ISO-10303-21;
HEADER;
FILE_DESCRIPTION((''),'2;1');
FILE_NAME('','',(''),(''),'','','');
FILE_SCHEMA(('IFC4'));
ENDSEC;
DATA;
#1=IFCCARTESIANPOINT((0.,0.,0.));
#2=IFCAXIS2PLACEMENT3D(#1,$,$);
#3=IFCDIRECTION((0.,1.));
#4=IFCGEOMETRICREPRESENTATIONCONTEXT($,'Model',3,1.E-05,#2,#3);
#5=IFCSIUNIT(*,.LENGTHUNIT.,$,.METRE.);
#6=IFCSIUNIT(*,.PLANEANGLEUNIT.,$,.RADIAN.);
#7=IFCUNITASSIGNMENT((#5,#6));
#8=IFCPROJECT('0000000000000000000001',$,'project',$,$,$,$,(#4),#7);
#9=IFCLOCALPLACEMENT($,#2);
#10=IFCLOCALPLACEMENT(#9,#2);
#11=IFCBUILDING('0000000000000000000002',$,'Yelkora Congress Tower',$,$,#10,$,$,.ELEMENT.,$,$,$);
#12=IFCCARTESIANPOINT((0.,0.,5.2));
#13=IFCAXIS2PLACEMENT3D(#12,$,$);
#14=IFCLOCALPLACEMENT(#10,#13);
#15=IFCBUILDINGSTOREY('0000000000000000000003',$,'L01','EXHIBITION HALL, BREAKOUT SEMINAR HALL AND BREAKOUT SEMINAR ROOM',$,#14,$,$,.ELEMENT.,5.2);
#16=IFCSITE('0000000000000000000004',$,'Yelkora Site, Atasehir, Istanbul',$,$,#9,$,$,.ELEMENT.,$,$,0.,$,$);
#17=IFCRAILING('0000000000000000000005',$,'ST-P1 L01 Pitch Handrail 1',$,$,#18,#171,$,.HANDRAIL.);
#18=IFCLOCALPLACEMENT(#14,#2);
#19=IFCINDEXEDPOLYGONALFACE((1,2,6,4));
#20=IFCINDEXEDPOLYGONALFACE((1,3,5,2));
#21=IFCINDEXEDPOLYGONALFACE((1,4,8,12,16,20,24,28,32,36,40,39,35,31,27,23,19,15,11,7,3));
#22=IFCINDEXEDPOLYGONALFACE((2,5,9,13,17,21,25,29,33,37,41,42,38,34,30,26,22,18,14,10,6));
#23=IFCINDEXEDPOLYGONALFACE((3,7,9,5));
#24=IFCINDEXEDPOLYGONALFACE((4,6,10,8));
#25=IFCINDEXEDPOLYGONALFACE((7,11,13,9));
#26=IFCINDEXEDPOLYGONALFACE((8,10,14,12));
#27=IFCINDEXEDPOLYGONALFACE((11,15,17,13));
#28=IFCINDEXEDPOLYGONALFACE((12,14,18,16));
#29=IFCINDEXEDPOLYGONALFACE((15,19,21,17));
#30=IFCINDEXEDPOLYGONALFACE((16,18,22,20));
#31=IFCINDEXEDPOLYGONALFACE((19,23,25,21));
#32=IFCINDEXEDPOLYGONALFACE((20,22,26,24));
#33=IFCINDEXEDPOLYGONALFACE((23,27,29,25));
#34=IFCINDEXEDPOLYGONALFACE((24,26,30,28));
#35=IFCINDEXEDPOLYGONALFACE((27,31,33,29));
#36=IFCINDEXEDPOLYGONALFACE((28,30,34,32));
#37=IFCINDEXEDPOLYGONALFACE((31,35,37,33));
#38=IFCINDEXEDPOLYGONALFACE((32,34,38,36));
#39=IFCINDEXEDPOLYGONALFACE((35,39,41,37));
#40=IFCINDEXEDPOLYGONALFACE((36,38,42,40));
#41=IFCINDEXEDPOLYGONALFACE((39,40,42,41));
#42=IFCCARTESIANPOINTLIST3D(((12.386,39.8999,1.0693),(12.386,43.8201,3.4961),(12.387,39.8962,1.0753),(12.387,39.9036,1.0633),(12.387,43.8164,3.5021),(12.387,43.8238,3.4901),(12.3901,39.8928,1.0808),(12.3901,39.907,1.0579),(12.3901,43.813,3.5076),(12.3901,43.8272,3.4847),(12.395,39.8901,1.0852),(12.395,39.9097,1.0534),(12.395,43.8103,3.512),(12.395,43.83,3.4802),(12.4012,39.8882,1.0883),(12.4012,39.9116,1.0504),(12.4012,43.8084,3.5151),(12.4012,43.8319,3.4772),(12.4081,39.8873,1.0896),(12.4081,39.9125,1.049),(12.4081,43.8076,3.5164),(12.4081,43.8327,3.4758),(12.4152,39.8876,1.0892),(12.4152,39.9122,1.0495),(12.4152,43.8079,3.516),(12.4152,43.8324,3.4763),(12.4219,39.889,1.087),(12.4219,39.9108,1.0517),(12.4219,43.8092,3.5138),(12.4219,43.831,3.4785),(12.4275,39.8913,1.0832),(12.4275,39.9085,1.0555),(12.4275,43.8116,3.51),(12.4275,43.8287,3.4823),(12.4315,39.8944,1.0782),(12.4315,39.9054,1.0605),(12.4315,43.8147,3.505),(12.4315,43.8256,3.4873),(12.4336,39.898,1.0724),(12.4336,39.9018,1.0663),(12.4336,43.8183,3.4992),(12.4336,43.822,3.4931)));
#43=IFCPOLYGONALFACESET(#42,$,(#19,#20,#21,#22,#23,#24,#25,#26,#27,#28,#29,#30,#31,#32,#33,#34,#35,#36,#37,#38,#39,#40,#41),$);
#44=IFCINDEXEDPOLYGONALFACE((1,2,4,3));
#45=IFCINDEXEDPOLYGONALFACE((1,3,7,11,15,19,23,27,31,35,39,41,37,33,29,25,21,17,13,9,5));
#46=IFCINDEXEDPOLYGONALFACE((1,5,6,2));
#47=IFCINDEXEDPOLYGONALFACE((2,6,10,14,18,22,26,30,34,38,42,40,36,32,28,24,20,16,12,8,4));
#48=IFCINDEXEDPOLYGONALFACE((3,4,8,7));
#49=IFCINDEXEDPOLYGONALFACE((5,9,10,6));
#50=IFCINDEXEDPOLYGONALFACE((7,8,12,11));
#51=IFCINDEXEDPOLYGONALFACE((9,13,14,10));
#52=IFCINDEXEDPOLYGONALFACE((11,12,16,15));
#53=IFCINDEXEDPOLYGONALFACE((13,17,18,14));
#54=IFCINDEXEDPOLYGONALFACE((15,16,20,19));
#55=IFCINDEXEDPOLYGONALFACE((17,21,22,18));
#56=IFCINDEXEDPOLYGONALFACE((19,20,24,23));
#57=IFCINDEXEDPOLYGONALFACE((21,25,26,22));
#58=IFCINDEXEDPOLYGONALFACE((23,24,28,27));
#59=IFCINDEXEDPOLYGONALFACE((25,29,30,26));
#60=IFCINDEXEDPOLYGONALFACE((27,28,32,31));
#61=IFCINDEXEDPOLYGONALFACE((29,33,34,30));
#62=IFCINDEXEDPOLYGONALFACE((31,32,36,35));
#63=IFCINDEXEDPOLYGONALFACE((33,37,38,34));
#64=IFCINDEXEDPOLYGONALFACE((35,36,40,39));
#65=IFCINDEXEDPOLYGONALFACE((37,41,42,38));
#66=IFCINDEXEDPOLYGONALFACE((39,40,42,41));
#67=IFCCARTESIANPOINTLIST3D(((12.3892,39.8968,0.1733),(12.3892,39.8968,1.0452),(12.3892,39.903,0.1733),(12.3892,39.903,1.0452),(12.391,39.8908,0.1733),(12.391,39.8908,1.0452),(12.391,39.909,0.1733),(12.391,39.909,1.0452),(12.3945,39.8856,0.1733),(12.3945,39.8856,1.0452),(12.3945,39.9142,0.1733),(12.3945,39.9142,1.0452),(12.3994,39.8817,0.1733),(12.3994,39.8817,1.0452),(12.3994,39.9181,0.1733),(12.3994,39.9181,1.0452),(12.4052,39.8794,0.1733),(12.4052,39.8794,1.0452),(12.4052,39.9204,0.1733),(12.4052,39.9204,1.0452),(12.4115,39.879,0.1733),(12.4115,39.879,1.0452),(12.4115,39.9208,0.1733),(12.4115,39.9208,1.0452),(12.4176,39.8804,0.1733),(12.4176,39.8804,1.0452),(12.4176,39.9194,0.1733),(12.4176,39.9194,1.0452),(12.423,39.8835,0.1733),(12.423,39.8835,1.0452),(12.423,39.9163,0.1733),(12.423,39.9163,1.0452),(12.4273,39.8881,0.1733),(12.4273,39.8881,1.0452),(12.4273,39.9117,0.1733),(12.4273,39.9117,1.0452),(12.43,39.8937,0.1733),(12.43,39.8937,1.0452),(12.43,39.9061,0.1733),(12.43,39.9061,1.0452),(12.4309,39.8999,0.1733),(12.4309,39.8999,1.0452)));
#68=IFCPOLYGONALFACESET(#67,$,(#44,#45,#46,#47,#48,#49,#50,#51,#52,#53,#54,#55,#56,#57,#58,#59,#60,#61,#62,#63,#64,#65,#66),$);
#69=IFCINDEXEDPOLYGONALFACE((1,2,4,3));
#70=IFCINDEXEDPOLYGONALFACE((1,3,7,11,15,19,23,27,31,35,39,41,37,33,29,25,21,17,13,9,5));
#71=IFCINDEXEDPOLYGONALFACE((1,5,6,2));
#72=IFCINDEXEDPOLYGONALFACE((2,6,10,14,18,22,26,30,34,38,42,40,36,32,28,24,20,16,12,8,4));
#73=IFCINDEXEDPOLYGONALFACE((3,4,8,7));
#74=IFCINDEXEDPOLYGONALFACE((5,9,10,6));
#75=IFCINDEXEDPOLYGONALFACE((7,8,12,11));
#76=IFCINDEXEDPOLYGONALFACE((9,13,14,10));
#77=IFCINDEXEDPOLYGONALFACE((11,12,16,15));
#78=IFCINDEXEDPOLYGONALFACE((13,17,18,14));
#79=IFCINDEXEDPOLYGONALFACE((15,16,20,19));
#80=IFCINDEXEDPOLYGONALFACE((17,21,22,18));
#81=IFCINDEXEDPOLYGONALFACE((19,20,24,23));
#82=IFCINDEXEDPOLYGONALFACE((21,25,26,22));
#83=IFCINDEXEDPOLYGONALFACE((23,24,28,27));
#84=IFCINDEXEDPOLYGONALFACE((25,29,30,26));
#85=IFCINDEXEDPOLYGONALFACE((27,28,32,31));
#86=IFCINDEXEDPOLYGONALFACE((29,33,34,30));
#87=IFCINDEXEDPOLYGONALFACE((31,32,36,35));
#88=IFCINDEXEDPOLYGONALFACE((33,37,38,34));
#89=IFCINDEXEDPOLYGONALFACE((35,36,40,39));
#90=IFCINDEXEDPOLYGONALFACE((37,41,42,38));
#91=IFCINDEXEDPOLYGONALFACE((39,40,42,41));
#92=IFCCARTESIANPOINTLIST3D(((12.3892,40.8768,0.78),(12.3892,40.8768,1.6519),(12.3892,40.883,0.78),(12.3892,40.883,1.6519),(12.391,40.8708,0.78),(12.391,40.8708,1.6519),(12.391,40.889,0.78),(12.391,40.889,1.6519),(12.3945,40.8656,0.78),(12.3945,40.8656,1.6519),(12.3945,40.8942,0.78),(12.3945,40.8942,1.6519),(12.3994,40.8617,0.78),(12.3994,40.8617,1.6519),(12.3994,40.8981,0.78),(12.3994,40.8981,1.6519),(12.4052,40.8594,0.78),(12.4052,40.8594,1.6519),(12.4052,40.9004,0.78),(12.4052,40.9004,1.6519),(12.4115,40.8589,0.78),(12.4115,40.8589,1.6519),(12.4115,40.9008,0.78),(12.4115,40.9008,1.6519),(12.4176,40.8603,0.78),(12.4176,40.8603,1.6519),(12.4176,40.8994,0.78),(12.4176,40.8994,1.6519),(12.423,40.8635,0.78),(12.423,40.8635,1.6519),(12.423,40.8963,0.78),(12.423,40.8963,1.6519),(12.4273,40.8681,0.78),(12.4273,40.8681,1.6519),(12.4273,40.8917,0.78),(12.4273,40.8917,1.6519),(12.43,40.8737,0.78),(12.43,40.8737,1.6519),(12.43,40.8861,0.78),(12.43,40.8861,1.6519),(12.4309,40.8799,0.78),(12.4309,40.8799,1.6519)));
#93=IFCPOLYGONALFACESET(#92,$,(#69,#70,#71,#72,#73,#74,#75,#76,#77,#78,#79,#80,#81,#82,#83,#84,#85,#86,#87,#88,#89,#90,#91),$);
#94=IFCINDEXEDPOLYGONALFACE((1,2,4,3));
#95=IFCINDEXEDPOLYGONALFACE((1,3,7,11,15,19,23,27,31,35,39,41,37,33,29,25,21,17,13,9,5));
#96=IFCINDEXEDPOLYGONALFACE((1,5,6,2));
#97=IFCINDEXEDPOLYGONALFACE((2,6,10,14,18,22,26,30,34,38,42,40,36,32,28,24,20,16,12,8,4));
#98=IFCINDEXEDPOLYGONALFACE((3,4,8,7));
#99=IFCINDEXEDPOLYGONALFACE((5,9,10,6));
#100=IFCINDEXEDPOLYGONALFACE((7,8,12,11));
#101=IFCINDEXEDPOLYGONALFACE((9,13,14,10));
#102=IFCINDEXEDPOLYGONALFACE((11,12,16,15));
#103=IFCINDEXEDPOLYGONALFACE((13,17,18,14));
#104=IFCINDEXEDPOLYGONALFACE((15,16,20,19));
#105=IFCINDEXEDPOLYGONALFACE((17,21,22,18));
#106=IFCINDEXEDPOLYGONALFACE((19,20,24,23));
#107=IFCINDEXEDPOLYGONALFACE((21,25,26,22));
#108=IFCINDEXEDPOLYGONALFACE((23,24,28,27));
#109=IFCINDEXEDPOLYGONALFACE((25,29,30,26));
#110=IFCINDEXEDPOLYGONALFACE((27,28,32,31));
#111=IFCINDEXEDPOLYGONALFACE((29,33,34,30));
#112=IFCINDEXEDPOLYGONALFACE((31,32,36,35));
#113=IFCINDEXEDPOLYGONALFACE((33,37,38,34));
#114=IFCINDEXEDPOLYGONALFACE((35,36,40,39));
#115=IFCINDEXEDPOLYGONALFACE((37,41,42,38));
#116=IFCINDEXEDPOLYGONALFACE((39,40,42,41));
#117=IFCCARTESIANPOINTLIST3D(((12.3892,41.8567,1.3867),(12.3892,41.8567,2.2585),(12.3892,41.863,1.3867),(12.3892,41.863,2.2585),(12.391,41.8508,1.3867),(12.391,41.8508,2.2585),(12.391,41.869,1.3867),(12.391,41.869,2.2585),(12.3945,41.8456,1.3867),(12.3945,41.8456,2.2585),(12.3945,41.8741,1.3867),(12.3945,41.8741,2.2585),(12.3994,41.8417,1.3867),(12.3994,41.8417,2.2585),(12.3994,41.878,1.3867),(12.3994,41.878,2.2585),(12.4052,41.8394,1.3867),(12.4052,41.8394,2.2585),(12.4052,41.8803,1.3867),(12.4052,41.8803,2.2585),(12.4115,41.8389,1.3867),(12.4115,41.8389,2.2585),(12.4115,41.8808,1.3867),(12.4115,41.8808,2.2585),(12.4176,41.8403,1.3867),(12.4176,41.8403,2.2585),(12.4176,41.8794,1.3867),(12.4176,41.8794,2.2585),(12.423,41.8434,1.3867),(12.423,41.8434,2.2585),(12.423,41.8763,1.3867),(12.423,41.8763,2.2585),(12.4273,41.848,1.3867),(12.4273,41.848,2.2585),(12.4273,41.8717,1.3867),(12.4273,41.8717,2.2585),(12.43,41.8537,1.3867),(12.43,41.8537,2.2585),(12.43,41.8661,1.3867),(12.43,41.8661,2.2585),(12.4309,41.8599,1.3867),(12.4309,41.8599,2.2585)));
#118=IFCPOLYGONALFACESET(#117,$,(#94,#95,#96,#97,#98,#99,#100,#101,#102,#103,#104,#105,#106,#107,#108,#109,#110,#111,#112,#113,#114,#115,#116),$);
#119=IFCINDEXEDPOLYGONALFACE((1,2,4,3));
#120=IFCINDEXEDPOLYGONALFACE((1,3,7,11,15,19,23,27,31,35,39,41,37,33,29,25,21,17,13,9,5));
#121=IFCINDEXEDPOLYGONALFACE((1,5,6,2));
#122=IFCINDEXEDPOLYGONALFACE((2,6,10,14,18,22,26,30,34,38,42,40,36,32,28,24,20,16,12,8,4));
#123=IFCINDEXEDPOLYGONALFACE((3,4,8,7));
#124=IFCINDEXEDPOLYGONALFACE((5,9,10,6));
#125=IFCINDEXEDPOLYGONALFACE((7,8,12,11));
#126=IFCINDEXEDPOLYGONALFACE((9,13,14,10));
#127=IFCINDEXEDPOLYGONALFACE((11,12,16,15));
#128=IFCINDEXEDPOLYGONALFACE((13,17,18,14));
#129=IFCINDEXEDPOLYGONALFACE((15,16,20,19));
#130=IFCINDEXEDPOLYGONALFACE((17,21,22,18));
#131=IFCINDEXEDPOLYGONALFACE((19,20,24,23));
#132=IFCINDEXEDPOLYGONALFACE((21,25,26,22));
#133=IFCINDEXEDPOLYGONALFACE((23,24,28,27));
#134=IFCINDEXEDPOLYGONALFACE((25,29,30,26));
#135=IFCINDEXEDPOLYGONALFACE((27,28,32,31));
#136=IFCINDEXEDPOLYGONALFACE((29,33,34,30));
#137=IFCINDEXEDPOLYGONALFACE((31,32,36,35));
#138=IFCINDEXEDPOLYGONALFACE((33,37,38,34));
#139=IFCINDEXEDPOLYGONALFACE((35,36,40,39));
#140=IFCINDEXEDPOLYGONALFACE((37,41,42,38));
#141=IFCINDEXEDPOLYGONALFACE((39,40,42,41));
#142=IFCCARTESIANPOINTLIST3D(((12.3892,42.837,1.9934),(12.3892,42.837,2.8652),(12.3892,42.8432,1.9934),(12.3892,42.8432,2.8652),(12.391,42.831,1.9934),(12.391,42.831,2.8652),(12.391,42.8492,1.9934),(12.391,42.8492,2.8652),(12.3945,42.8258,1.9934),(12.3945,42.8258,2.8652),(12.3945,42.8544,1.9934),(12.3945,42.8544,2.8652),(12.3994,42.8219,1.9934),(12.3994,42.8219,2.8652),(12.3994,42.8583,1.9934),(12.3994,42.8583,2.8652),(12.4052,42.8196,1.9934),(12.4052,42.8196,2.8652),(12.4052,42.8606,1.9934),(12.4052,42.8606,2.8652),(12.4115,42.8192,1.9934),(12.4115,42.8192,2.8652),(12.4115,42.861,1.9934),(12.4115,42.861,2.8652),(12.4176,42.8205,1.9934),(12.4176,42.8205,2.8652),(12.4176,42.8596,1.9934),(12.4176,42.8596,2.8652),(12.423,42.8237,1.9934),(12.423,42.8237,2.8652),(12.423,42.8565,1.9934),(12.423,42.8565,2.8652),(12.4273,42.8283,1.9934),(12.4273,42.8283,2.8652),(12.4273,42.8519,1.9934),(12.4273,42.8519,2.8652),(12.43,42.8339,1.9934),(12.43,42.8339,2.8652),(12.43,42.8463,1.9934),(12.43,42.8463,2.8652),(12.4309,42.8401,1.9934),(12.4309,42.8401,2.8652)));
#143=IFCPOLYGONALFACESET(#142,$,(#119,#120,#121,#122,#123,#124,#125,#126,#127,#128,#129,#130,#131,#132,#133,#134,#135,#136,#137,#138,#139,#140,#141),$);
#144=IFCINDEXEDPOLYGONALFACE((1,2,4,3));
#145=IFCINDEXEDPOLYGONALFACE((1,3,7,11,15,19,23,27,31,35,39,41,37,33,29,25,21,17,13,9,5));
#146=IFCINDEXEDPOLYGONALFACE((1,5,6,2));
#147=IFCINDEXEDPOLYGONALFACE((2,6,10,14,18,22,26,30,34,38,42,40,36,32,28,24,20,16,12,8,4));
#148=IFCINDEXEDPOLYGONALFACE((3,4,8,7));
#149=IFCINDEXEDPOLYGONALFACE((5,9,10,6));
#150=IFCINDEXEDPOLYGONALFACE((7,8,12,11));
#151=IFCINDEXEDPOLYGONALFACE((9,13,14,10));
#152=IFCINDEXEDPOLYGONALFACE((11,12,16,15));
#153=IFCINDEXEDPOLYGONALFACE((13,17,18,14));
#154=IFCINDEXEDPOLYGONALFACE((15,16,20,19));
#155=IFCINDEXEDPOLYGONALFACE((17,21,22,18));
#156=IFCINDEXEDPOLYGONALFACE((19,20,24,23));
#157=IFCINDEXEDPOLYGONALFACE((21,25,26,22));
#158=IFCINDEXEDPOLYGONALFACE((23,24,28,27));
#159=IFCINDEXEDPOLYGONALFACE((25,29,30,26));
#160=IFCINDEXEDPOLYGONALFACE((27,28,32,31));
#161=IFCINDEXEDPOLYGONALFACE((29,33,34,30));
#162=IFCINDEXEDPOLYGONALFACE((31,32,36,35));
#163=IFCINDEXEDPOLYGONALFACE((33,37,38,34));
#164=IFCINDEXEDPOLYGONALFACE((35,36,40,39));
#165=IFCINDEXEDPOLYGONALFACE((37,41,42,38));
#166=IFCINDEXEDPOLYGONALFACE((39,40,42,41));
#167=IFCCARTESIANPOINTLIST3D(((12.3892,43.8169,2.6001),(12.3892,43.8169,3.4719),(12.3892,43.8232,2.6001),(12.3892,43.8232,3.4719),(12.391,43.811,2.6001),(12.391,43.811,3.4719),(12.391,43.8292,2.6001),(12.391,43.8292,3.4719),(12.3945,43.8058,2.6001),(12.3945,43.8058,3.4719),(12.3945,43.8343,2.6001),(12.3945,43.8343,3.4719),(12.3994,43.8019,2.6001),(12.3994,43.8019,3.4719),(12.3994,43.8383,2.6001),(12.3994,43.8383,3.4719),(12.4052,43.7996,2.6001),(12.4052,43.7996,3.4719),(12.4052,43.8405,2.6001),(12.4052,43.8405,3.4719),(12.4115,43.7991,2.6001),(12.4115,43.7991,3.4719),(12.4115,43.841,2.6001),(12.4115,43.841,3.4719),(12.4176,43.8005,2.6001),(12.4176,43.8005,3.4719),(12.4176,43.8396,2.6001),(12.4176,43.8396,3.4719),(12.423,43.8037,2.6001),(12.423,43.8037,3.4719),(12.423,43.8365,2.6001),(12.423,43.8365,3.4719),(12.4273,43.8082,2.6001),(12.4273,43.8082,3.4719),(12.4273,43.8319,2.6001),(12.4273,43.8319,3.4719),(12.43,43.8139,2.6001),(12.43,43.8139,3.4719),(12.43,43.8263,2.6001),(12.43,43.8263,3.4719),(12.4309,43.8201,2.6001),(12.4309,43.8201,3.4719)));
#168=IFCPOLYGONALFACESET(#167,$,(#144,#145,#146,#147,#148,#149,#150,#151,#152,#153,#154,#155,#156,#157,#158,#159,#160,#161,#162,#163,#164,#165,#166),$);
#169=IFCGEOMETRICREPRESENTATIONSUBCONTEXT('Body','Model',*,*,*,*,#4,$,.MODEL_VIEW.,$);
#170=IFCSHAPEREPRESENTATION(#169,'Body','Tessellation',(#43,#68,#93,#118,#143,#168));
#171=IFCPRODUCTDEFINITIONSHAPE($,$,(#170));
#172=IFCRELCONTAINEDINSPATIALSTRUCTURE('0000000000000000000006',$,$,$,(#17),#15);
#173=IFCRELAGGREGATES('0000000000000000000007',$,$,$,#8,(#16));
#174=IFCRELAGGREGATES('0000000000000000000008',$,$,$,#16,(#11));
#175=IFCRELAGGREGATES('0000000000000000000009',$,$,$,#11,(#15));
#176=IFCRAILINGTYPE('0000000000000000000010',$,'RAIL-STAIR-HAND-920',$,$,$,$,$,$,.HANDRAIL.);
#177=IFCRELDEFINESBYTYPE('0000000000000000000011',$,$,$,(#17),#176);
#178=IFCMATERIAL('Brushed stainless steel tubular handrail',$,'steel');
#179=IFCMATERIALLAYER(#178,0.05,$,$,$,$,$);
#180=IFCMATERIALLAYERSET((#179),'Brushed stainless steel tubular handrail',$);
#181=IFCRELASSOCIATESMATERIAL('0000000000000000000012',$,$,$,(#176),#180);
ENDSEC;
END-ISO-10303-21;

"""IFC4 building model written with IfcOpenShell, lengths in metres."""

from ifc_helpers import new_model, si_unit, direction, frame, origin, origin_2d, place, context, subcontext, project, spatial, circle, extrude, material, layer, layer_set, type_object, element, save


model = new_model("IFC4")

# Units and contexts
model_context = context("Model", 3, precision=1e-05, world=origin(), true_north=direction((0.0, 1.0)))
body_context = subcontext(model_context, "Body", "Model", "MODEL_VIEW")
ifc_project = project(units=[si_unit("LENGTHUNIT", "METRE"), si_unit("PLANEANGLEUNIT", "RADIAN")], contexts=[model_context])

# Site, building, storey
site_placement = place(None, origin())
site = spatial("IfcSite", under=ifc_project, at=site_placement, Name="Yelkora Site, Atasehir, Istanbul", CompositionType="ELEMENT", RefElevation=0.0)
building_placement = place(site_placement, origin())
building = spatial("IfcBuilding", under=site, at=building_placement, Name="Yelkora Congress Tower", CompositionType="ELEMENT")
storey_placement = place(building_placement, frame((0.0, 0.0, 5.2)))
storey = spatial("IfcBuildingStorey", under=building, at=storey_placement, Name="L01", Description="EXHIBITION HALL, BREAKOUT SEMINAR HALL AND BREAKOUT SEMINAR ROOM", CompositionType="ELEMENT", Elevation=5.2)

# Railing
ifc_material_1 = material(Name="Brushed stainless steel tubular handrail", Category="steel")
ifc_layer_1 = layer(ifc_material_1, 0.05)
ifc_layer_set_1 = layer_set([ifc_layer_1], Name="Brushed stainless steel tubular handrail")
railing_type_1 = type_object("IfcRailingType", Name="RAIL-STAIR-HAND-920", PredefinedType="HANDRAIL", material=ifc_layer_set_1)
railing_1_placement = place(storey_placement, frame((12.4099, 39.8999, 0.1733)))
element("IfcRailing", 1, at=railing_1_placement, inside=storey, type_object=railing_type_1, Name="ST-P1 L01 Pitch Handrail 1", PredefinedType="HANDRAIL", context=body_context, shape_type="SweptSolid", body=[
    extrude(circle(Radius=0.0239, at=origin_2d()), frame((0.0, 0.0, 0.896), z_axis=(0.0, 0.850266, 0.526353), x_axis=(-1.0, 0.0, 0.0)), (0.0, 0.0, 1.0), 4.6106),
    extrude(circle(Radius=0.021, at=origin_2d()), origin(), (0.0, 0.0, 1.0), 0.8718),
    extrude(circle(Radius=0.021, at=origin_2d()), frame((0.0, 0.98, 0.6067)), (0.0, 0.0, 1.0), 0.8718),
    extrude(circle(Radius=0.021, at=origin_2d()), frame((0.0, 1.96, 1.2134)), (0.0, 0.0, 1.0), 0.8718),
    extrude(circle(Radius=0.021, at=origin_2d()), frame((0.0, 2.9402, 1.8201)), (0.0, 0.0, 1.0), 0.8718),
    extrude(circle(Radius=0.021, at=origin_2d()), frame((0.0, 3.9202, 2.4268)), (0.0, 0.0, 1.0), 0.8718),
])

save(model, "model.ifc")
